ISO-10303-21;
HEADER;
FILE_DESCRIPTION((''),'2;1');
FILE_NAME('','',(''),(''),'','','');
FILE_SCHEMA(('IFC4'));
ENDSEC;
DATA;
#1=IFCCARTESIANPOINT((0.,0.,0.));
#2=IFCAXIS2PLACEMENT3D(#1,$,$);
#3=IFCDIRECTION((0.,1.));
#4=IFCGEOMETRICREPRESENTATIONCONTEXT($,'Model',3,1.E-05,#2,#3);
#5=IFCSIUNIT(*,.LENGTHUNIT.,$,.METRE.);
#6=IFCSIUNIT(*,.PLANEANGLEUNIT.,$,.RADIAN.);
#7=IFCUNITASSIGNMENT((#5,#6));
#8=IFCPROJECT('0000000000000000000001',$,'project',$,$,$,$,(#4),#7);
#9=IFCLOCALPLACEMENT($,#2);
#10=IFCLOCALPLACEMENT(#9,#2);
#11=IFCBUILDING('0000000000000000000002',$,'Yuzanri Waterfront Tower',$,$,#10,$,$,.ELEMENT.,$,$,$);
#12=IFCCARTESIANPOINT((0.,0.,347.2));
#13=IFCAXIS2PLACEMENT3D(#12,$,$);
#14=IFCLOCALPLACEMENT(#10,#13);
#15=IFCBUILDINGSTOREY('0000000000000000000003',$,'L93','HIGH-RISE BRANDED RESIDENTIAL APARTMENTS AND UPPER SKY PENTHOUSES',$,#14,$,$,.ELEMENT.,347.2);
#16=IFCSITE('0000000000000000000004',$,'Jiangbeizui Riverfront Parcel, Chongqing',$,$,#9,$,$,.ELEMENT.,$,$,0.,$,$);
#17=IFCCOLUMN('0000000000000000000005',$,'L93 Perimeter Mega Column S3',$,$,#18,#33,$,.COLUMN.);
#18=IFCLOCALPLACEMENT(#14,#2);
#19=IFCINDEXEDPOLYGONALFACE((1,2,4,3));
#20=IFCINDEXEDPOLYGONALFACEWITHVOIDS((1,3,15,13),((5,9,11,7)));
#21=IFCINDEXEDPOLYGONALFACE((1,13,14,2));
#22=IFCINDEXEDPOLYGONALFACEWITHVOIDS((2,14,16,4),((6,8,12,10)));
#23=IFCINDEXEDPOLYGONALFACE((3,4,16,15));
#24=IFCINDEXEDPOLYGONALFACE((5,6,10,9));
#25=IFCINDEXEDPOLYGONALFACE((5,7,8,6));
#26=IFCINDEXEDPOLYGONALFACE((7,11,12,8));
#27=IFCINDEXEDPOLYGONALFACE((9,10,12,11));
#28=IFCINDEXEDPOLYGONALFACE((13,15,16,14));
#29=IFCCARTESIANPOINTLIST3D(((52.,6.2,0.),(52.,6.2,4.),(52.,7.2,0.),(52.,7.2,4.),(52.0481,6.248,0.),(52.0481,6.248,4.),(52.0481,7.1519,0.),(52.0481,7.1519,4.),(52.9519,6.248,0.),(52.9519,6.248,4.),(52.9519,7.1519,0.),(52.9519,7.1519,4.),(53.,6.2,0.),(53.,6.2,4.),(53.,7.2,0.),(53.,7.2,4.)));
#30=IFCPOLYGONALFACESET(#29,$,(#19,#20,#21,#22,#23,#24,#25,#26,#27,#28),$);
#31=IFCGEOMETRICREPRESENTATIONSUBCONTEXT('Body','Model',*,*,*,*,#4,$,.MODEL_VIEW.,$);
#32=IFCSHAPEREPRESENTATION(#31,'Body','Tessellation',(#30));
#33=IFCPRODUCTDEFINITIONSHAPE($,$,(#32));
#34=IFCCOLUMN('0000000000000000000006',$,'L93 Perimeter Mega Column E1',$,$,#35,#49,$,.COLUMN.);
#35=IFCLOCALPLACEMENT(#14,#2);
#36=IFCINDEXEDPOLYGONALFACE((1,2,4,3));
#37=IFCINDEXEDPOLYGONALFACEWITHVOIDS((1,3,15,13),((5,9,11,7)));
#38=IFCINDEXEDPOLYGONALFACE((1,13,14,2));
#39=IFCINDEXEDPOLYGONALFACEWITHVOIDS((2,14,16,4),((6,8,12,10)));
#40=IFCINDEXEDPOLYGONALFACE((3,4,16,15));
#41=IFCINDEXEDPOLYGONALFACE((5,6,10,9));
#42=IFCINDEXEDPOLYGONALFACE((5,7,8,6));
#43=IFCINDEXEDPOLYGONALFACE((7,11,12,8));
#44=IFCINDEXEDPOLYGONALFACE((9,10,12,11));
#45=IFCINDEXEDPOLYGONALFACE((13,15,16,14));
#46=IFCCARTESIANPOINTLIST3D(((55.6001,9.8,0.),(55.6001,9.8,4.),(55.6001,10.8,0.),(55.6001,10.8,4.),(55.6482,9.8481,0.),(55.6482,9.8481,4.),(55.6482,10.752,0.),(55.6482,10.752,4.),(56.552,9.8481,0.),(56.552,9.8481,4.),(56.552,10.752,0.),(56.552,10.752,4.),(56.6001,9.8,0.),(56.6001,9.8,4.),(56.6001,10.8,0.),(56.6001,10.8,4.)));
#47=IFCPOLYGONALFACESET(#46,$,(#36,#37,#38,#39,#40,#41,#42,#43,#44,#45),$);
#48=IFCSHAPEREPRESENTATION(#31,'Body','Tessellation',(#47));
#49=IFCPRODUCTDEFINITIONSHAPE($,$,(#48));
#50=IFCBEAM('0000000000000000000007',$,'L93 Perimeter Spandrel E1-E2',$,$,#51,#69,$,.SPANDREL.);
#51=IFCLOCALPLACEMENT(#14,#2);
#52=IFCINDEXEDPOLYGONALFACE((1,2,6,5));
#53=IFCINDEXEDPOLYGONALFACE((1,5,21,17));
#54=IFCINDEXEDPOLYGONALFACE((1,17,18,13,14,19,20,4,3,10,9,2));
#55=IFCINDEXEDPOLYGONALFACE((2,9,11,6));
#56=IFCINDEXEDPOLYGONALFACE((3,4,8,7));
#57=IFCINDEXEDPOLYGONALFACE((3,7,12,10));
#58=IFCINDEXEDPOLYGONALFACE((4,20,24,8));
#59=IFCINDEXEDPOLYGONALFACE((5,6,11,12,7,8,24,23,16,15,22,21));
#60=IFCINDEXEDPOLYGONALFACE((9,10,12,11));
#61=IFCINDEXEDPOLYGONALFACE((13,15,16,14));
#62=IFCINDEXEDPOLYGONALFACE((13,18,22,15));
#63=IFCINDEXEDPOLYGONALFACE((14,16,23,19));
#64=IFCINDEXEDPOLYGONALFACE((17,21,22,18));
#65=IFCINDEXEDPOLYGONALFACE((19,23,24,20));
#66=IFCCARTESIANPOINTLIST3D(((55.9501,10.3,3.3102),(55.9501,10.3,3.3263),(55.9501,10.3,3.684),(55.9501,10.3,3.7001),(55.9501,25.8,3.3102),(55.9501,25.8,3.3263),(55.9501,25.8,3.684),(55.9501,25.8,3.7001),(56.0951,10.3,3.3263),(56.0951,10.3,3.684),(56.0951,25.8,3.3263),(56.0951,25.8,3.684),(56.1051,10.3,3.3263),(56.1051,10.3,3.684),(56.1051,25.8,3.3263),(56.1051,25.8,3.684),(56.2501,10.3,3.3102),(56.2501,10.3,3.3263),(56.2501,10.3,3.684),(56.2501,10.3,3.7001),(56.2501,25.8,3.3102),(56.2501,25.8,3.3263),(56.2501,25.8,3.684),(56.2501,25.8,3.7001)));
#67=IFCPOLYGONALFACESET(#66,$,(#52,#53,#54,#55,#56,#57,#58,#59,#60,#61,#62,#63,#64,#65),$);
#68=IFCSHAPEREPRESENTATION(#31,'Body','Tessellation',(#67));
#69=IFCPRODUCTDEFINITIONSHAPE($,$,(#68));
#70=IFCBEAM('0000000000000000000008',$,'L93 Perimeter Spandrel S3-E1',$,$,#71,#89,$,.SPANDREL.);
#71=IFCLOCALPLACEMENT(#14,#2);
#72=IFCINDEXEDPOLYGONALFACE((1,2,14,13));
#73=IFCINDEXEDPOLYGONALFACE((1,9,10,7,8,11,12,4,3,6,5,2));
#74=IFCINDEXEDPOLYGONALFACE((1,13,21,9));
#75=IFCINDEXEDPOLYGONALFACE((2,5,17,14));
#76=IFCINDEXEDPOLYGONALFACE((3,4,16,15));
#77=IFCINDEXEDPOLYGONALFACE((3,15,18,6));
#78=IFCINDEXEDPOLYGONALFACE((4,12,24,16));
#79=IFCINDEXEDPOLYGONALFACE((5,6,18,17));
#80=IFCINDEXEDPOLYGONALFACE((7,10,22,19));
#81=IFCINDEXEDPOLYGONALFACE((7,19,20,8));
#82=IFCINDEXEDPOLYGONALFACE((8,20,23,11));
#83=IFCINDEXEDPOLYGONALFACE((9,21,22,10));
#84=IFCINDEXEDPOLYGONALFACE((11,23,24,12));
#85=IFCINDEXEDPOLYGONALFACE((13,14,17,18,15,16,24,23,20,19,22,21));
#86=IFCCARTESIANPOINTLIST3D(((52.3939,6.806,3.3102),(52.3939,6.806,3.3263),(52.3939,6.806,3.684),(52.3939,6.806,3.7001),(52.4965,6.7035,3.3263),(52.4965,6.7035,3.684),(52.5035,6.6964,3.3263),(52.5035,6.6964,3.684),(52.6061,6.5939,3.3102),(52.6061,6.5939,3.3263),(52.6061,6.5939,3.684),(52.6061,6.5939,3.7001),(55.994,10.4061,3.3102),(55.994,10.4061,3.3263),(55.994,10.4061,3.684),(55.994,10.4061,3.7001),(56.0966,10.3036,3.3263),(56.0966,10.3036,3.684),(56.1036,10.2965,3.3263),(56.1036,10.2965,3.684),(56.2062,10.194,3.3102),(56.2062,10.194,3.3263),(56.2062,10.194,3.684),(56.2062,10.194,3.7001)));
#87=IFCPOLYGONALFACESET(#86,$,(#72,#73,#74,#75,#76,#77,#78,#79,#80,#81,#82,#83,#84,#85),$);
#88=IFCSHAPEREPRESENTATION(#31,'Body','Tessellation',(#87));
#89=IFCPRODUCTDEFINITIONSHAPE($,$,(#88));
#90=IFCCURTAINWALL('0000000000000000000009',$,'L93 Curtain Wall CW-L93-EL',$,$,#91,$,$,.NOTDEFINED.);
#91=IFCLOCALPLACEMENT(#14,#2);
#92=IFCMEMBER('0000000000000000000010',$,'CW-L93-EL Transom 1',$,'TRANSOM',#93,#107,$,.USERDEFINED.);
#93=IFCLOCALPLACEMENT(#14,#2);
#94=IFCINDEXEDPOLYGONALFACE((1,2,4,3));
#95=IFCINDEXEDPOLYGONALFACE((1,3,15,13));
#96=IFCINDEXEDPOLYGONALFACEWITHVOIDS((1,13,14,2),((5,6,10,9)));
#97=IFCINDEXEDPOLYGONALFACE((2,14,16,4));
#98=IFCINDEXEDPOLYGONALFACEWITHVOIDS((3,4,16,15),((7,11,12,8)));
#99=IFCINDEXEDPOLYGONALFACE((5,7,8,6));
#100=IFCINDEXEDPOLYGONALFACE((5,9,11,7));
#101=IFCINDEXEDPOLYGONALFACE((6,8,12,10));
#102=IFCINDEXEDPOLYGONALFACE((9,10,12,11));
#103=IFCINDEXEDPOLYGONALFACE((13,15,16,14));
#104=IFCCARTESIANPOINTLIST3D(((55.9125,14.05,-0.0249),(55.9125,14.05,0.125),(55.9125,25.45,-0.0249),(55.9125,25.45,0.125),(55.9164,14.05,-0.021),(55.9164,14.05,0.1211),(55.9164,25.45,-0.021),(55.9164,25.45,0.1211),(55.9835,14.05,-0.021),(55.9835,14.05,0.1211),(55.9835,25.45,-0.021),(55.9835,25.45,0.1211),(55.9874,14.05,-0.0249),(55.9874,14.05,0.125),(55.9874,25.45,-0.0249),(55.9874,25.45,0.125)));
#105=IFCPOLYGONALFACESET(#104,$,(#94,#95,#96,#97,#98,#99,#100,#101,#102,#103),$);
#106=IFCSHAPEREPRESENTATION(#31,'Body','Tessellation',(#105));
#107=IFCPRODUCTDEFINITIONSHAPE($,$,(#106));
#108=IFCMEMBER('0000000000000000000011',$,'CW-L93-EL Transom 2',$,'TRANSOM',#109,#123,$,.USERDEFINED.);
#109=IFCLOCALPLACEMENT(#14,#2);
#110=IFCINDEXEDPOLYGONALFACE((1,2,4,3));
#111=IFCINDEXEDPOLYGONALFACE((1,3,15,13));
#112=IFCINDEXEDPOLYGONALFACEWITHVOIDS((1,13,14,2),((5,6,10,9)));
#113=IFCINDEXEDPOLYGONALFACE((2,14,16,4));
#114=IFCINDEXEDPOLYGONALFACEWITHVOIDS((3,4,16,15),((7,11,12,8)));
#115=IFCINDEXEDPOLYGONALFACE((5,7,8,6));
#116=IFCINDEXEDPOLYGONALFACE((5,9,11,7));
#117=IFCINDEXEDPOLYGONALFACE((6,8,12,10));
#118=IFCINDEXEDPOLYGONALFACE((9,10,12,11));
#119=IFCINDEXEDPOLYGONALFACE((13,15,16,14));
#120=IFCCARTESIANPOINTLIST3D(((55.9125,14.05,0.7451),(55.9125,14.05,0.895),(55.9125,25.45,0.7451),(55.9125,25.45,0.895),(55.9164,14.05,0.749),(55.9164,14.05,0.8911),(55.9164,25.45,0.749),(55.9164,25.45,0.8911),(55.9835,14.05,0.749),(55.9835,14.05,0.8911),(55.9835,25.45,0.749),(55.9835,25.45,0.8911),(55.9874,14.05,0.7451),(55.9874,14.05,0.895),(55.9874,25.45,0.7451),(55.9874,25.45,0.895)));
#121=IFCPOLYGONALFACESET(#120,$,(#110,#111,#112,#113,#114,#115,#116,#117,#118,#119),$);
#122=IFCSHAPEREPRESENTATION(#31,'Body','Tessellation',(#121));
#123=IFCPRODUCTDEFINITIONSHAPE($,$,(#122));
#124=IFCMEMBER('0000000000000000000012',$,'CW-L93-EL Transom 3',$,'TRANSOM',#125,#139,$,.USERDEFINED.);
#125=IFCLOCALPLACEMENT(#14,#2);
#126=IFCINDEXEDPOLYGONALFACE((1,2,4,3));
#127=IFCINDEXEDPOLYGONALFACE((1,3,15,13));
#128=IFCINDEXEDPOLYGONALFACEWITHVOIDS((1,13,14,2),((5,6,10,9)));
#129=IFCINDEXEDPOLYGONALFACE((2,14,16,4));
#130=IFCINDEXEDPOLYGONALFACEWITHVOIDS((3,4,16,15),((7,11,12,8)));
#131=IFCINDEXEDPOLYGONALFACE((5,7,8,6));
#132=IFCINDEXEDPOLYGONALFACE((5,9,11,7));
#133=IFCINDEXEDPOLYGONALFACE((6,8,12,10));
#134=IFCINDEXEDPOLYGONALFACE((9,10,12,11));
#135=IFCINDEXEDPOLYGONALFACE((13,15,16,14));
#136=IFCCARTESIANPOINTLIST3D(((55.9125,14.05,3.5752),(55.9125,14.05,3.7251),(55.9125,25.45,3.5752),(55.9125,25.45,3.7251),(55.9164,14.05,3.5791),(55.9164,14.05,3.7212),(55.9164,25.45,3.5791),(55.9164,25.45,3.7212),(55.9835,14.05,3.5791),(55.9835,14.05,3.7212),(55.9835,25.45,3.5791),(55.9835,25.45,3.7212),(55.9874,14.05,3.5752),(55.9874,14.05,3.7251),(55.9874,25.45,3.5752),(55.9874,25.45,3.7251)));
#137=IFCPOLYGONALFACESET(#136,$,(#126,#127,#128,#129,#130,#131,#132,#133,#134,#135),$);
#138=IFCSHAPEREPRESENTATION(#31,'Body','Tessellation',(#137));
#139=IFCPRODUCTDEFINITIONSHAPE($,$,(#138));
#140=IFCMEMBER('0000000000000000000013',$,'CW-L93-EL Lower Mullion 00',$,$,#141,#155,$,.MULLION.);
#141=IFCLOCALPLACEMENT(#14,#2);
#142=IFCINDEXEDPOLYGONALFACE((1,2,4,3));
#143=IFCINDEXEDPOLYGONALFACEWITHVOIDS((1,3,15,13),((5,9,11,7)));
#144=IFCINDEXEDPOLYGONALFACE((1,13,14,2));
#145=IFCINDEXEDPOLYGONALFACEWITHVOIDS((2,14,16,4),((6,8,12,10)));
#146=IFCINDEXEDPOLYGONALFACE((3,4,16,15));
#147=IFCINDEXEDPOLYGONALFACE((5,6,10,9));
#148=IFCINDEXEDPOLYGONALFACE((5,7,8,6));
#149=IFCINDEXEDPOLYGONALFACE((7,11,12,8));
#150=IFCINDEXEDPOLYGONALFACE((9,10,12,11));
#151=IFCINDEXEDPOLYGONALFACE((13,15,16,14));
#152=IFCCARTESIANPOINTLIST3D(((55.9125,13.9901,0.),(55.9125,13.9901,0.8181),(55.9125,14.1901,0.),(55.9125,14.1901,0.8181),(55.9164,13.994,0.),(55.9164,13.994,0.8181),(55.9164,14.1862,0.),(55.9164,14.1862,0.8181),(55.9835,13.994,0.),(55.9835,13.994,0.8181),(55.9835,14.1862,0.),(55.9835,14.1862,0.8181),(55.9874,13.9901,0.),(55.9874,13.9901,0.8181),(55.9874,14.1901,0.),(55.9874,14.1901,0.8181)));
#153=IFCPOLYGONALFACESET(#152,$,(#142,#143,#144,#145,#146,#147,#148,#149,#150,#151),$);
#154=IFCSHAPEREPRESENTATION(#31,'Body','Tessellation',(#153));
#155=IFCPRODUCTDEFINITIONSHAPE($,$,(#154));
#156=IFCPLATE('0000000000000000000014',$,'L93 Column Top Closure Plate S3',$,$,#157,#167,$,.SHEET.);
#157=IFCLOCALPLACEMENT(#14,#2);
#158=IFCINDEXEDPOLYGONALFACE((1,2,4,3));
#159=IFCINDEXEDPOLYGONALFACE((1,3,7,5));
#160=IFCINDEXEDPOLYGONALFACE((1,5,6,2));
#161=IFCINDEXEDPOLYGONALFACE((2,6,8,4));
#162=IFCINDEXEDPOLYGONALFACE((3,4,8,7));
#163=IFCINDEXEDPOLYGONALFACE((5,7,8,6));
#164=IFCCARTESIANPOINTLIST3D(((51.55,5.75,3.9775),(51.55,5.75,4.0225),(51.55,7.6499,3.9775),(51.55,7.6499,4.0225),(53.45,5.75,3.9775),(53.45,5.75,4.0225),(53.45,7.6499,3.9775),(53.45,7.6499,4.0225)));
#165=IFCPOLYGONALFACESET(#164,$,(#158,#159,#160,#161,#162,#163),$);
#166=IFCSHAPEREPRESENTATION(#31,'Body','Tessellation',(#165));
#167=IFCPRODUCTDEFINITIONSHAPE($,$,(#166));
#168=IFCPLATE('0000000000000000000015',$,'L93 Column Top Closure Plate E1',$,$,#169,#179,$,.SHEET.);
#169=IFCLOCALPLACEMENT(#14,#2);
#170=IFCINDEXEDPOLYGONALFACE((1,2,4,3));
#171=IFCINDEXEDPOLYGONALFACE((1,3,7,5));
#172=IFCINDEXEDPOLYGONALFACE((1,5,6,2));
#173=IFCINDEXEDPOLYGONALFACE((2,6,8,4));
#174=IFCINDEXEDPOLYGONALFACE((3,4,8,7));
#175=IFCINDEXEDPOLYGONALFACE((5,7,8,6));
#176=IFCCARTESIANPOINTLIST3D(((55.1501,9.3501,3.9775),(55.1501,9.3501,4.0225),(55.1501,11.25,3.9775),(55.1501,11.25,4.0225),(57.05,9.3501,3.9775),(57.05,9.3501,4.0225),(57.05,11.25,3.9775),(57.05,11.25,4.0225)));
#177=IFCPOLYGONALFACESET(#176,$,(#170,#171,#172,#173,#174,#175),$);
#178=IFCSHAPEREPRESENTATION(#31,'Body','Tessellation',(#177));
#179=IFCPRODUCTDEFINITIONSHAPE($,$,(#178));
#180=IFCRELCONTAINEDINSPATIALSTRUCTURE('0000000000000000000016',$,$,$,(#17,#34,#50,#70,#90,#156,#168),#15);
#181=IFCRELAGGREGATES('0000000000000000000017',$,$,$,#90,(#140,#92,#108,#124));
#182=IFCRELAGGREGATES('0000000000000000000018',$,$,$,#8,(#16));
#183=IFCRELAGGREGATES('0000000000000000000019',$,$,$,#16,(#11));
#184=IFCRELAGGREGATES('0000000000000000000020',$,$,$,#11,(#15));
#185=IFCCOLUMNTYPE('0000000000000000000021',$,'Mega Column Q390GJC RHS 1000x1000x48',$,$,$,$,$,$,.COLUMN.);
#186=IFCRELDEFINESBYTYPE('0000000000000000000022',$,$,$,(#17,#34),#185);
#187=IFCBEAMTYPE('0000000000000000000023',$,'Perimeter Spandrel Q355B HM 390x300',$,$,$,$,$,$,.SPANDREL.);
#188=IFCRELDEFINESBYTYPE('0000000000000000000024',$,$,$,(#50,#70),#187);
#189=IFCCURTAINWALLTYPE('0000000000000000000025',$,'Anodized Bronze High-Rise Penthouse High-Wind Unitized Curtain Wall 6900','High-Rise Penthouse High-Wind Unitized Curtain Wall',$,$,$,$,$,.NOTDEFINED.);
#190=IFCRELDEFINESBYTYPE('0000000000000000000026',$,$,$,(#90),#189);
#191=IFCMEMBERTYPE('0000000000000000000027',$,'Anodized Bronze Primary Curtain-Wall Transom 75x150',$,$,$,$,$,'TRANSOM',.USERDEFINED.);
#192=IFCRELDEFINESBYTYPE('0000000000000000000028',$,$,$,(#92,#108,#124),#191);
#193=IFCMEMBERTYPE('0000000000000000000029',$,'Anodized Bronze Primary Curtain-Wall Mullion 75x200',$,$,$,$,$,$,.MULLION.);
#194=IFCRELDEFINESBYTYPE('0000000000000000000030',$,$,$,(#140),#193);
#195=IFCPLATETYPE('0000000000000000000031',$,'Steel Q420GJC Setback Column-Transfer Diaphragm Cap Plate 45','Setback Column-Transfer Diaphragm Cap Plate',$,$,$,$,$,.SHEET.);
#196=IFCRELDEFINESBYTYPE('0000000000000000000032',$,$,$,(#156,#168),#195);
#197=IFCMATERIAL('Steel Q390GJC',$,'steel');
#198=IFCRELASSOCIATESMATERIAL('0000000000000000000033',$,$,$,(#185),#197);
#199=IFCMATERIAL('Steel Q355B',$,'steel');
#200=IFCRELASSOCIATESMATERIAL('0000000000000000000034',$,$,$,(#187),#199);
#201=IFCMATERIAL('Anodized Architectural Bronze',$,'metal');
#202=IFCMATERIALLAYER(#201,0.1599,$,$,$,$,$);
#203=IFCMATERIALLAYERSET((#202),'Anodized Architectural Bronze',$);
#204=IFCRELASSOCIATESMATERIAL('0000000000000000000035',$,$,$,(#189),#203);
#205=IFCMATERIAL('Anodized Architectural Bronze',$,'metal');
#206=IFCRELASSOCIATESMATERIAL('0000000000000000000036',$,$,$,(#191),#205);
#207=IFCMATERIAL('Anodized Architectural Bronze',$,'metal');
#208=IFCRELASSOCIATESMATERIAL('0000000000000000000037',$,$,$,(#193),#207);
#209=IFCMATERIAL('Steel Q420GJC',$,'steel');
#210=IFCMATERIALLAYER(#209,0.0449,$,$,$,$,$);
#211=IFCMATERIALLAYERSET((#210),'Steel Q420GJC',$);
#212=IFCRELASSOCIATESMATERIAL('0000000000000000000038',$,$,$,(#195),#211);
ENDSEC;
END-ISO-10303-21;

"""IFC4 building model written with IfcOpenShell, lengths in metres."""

from ifc_helpers import new_model, si_unit, direction, frame, origin, origin_2d, place, context, subcontext, project, spatial, rectangle, hollow_rectangle, i_section, extrude, source, transform, mapped, material, layer, layer_set, material_profile, profile_set, type_object, element, aggregate, save


model = new_model("IFC4")

# Units and contexts
model_context = context("Model", 3, precision=1e-05, world=origin(), true_north=direction((0.0, 1.0)))
body_context = subcontext(model_context, "Body", "Model", "MODEL_VIEW")
ifc_project = project(units=[si_unit("LENGTHUNIT", "METRE"), si_unit("PLANEANGLEUNIT", "RADIAN")], contexts=[model_context])

# Site, building, storey
site_placement = place(None, origin())
site = spatial("IfcSite", under=ifc_project, at=site_placement, Name="Jiangbeizui Riverfront Parcel, Chongqing", CompositionType="ELEMENT", RefElevation=0.0)
building_placement = place(site_placement, origin())
building = spatial("IfcBuilding", under=site, at=building_placement, Name="Yuzanri Waterfront Tower", CompositionType="ELEMENT")
storey_placement = place(building_placement, frame((0.0, 0.0, 347.2)))
storey = spatial("IfcBuildingStorey", under=building, at=storey_placement, Name="L93", Description="HIGH-RISE BRANDED RESIDENTIAL APARTMENTS AND UPPER SKY PENTHOUSES", CompositionType="ELEMENT", Elevation=347.2)

# Columns
ifc_material_1 = material(Name="Steel Q390GJC", Category="steel")
ifc_material_profile_1 = material_profile(ifc_material_1, hollow_rectangle(XDim=1.0, YDim=1.0, WallThickness=0.0481, at=origin_2d()), Name="RHS 1000x1000x48")
ifc_profile_set_1 = profile_set([ifc_material_profile_1], Name="Steel Q390GJC")
column_type = type_object("IfcColumnType", Name="Mega Column Q390GJC RHS 1000x1000x48", PredefinedType="COLUMN", material=ifc_profile_set_1)
shared_shape_1 = source(origin(), body_context, "Body", "SweptSolid", [
    extrude(hollow_rectangle(XDim=1.0, YDim=1.0, WallThickness=0.0481, at=origin_2d()), origin(), (0.0, 0.0, 1.0), 4.0),
])
for number, where, z_axis, x_axis, name in (
    (1, (52.5, 6.7, 0.0), (0.0, 0.0, 1.0), (1.0, 0.0, 0.0), "L93 Perimeter Mega Column S3"),
    (2, (56.1001, 10.3, 0.0), (0.0, 0.0, 1.0), (1.0, 0.0, 0.0), "L93 Perimeter Mega Column E1"),
):
    element("IfcColumn", number, at=place(storey_placement, frame(where, z_axis=z_axis, x_axis=x_axis)), inside=storey, type_object=column_type, Name=name, PredefinedType="COLUMN", context=body_context, shape_type="MappedRepresentation", body=[
        mapped(shared_shape_1, transform((0.0, 0.0, 0.0), scale=1.0)),
    ])

# Beams
ifc_material_2 = material(Name="Steel Q355B", Category="steel")
ifc_material_profile_2 = material_profile(ifc_material_2, i_section(OverallWidth=0.3, OverallDepth=0.3899, WebThickness=0.01, FlangeThickness=0.0161, at=origin_2d()), Name="HM 390x300x10x16")
ifc_profile_set_2 = profile_set([ifc_material_profile_2], Name="Steel Q355B")
beam_type = type_object("IfcBeamType", Name="Perimeter Spandrel Q355B HM 390x300", PredefinedType="SPANDREL", material=ifc_profile_set_2)
shared_shape_2 = source(origin(), body_context, "Body", "SweptSolid", [
    extrude(i_section(OverallWidth=0.3, OverallDepth=0.3899, WebThickness=0.01, FlangeThickness=0.0161, at=origin_2d()), origin(), (0.0, 0.0, 1.0), 15.5),
])
beam_1_placement = place(storey_placement, frame((56.1001, 10.3, 3.5051), z_axis=(0.0, 1.0, 0.0), x_axis=(-1.0, 0.0, 0.0)))
element("IfcBeam", 3, at=beam_1_placement, inside=storey, type_object=beam_type, Name="L93 Perimeter Spandrel E1-E2", PredefinedType="SPANDREL", context=body_context, shape_type="MappedRepresentation", body=[
    mapped(shared_shape_2, transform((0.0, 0.0, 0.0), scale=1.0)),
])
shared_shape_3 = source(origin(), body_context, "Body", "SweptSolid", [
    extrude(i_section(OverallWidth=0.3, OverallDepth=0.3899, WebThickness=0.01, FlangeThickness=0.0161, at=origin_2d()), origin(), (0.0, 0.0, 1.0), 5.0913),
])
beam_2_placement = place(storey_placement, frame((52.5, 6.7, 3.5051), z_axis=(0.707107, 0.707107, 0.0), x_axis=(-0.707107, 0.707107, 0.0)))
element("IfcBeam", 4, at=beam_2_placement, inside=storey, type_object=beam_type, Name="L93 Perimeter Spandrel S3-E1", PredefinedType="SPANDREL", context=body_context, shape_type="MappedRepresentation", body=[
    mapped(shared_shape_3, transform((0.0, 0.0, 0.0), scale=1.0)),
])

# Curtain wall, members
ifc_material_3 = material(Name="Anodized Architectural Bronze", Category="metal")
ifc_layer_1 = layer(ifc_material_3, 0.1599)
ifc_layer_set_1 = layer_set([ifc_layer_1], Name="Anodized Architectural Bronze")
curtain_wall_type = type_object("IfcCurtainWallType", Name="Anodized Bronze High-Rise Penthouse High-Wind Unitized Curtain Wall 6900", Description="High-Rise Penthouse High-Wind Unitized Curtain Wall", PredefinedType="NOTDEFINED", material=ifc_layer_set_1)
curtain_wall_placement = place(storey_placement, origin())
curtain_wall = element("IfcCurtainWall", 5, at=curtain_wall_placement, inside=storey, type_object=curtain_wall_type, Name="L93 Curtain Wall CW-L93-EL", PredefinedType="NOTDEFINED")
ifc_material_4 = material(Name="Anodized Architectural Bronze", Category="metal")
ifc_material_profile_3 = material_profile(ifc_material_4, hollow_rectangle(XDim=0.075, YDim=0.1499, WallThickness=0.0039, at=origin_2d()), Name="CWT 75x150")
ifc_profile_set_3 = profile_set([ifc_material_profile_3], Name="Anodized Architectural Bronze")
member_type_1 = type_object("IfcMemberType", Name="Anodized Bronze Primary Curtain-Wall Transom 75x150", ElementType="TRANSOM", PredefinedType="USERDEFINED", material=ifc_profile_set_3)
shared_shape_4 = source(origin(), body_context, "Body", "SweptSolid", [
    extrude(hollow_rectangle(XDim=0.075, YDim=0.1499, WallThickness=0.0039, at=origin_2d()), origin(), (0.0, 0.0, 1.0), 11.3999),
])
member_1_placement = place(storey_placement, frame((55.95, 14.05, 0.05), z_axis=(0.0, 1.0, 0.0), x_axis=(-1.0, 0.0, 0.0)))
member_1 = element("IfcMember", 6, at=member_1_placement, type_object=member_type_1, Name="CW-L93-EL Transom 1", ObjectType="TRANSOM", PredefinedType="USERDEFINED", context=body_context, shape_type="MappedRepresentation", body=[
    mapped(shared_shape_4, transform((0.0, 0.0, 0.0), scale=1.0)),
])
member_2_placement = place(storey_placement, frame((55.95, 14.05, 0.8201), z_axis=(0.0, 1.0, 0.0), x_axis=(-1.0, 0.0, 0.0)))
member_2 = element("IfcMember", 7, at=member_2_placement, type_object=member_type_1, Name="CW-L93-EL Transom 2", ObjectType="TRANSOM", PredefinedType="USERDEFINED", context=body_context, shape_type="MappedRepresentation", body=[
    mapped(shared_shape_4, transform((0.0, 0.0, 0.0), scale=1.0)),
])
member_3_placement = place(storey_placement, frame((55.95, 14.05, 3.6501), z_axis=(0.0, 1.0, 0.0), x_axis=(-1.0, 0.0, 0.0)))
member_3 = element("IfcMember", 8, at=member_3_placement, type_object=member_type_1, Name="CW-L93-EL Transom 3", ObjectType="TRANSOM", PredefinedType="USERDEFINED", context=body_context, shape_type="MappedRepresentation", body=[
    mapped(shared_shape_4, transform((0.0, 0.0, 0.0), scale=1.0)),
])
ifc_material_5 = material(Name="Anodized Architectural Bronze", Category="metal")
ifc_material_profile_4 = material_profile(ifc_material_5, hollow_rectangle(XDim=0.075, YDim=0.2, WallThickness=0.0039, at=origin_2d()), Name="CWM 75x200")
ifc_profile_set_4 = profile_set([ifc_material_profile_4], Name="Anodized Architectural Bronze")
member_type_2 = type_object("IfcMemberType", Name="Anodized Bronze Primary Curtain-Wall Mullion 75x200", PredefinedType="MULLION", material=ifc_profile_set_4)
shared_shape_5 = source(origin(), body_context, "Body", "SweptSolid", [
    extrude(hollow_rectangle(XDim=0.075, YDim=0.2, WallThickness=0.0039, at=origin_2d()), origin(), (0.0, 0.0, 1.0), 0.8181),
])
member_4_placement = place(storey_placement, frame((55.95, 14.0901, 0.0), z_axis=(0.0, 0.0, 1.0), x_axis=(1.0, 0.0, 0.0)))
member_4 = element("IfcMember", 9, at=member_4_placement, type_object=member_type_2, Name="CW-L93-EL Lower Mullion 00", PredefinedType="MULLION", context=body_context, shape_type="MappedRepresentation", body=[
    mapped(shared_shape_5, transform((0.0, 0.0, 0.0), scale=1.0)),
])
aggregate(curtain_wall, [member_4, member_1, member_2, member_3])

# Plates
ifc_material_6 = material(Name="Steel Q420GJC", Category="steel")
ifc_layer_2 = layer(ifc_material_6, 0.0449)
ifc_layer_set_2 = layer_set([ifc_layer_2], Name="Steel Q420GJC")
plate_type_1 = type_object("IfcPlateType", Name="Steel Q420GJC Setback Column-Transfer Diaphragm Cap Plate 45", Description="Setback Column-Transfer Diaphragm Cap Plate", PredefinedType="SHEET", material=ifc_layer_set_2)
shared_shape_6 = source(origin(), body_context, "Body", "SweptSolid", [
    extrude(rectangle(XDim=1.8999, YDim=1.8999, at=origin_2d()), origin(), (0.0, 0.0, 1.0), 0.0449),
])
for number, where, z_axis, x_axis, name in (
    (10, (52.5, 6.7, 3.9775), (0.0, 0.0, 1.0), (1.0, 0.0, 0.0), "L93 Column Top Closure Plate S3"),
    (11, (56.1001, 10.3, 3.9775), (0.0, 0.0, 1.0), (1.0, 0.0, 0.0), "L93 Column Top Closure Plate E1"),
):
    element("IfcPlate", number, at=place(storey_placement, frame(where, z_axis=z_axis, x_axis=x_axis)), inside=storey, type_object=plate_type_1, Name=name, PredefinedType="SHEET", context=body_context, shape_type="MappedRepresentation", body=[
        mapped(shared_shape_6, transform((0.0, 0.0, 0.0), scale=1.0)),
    ])

save(model, "model.ifc")
